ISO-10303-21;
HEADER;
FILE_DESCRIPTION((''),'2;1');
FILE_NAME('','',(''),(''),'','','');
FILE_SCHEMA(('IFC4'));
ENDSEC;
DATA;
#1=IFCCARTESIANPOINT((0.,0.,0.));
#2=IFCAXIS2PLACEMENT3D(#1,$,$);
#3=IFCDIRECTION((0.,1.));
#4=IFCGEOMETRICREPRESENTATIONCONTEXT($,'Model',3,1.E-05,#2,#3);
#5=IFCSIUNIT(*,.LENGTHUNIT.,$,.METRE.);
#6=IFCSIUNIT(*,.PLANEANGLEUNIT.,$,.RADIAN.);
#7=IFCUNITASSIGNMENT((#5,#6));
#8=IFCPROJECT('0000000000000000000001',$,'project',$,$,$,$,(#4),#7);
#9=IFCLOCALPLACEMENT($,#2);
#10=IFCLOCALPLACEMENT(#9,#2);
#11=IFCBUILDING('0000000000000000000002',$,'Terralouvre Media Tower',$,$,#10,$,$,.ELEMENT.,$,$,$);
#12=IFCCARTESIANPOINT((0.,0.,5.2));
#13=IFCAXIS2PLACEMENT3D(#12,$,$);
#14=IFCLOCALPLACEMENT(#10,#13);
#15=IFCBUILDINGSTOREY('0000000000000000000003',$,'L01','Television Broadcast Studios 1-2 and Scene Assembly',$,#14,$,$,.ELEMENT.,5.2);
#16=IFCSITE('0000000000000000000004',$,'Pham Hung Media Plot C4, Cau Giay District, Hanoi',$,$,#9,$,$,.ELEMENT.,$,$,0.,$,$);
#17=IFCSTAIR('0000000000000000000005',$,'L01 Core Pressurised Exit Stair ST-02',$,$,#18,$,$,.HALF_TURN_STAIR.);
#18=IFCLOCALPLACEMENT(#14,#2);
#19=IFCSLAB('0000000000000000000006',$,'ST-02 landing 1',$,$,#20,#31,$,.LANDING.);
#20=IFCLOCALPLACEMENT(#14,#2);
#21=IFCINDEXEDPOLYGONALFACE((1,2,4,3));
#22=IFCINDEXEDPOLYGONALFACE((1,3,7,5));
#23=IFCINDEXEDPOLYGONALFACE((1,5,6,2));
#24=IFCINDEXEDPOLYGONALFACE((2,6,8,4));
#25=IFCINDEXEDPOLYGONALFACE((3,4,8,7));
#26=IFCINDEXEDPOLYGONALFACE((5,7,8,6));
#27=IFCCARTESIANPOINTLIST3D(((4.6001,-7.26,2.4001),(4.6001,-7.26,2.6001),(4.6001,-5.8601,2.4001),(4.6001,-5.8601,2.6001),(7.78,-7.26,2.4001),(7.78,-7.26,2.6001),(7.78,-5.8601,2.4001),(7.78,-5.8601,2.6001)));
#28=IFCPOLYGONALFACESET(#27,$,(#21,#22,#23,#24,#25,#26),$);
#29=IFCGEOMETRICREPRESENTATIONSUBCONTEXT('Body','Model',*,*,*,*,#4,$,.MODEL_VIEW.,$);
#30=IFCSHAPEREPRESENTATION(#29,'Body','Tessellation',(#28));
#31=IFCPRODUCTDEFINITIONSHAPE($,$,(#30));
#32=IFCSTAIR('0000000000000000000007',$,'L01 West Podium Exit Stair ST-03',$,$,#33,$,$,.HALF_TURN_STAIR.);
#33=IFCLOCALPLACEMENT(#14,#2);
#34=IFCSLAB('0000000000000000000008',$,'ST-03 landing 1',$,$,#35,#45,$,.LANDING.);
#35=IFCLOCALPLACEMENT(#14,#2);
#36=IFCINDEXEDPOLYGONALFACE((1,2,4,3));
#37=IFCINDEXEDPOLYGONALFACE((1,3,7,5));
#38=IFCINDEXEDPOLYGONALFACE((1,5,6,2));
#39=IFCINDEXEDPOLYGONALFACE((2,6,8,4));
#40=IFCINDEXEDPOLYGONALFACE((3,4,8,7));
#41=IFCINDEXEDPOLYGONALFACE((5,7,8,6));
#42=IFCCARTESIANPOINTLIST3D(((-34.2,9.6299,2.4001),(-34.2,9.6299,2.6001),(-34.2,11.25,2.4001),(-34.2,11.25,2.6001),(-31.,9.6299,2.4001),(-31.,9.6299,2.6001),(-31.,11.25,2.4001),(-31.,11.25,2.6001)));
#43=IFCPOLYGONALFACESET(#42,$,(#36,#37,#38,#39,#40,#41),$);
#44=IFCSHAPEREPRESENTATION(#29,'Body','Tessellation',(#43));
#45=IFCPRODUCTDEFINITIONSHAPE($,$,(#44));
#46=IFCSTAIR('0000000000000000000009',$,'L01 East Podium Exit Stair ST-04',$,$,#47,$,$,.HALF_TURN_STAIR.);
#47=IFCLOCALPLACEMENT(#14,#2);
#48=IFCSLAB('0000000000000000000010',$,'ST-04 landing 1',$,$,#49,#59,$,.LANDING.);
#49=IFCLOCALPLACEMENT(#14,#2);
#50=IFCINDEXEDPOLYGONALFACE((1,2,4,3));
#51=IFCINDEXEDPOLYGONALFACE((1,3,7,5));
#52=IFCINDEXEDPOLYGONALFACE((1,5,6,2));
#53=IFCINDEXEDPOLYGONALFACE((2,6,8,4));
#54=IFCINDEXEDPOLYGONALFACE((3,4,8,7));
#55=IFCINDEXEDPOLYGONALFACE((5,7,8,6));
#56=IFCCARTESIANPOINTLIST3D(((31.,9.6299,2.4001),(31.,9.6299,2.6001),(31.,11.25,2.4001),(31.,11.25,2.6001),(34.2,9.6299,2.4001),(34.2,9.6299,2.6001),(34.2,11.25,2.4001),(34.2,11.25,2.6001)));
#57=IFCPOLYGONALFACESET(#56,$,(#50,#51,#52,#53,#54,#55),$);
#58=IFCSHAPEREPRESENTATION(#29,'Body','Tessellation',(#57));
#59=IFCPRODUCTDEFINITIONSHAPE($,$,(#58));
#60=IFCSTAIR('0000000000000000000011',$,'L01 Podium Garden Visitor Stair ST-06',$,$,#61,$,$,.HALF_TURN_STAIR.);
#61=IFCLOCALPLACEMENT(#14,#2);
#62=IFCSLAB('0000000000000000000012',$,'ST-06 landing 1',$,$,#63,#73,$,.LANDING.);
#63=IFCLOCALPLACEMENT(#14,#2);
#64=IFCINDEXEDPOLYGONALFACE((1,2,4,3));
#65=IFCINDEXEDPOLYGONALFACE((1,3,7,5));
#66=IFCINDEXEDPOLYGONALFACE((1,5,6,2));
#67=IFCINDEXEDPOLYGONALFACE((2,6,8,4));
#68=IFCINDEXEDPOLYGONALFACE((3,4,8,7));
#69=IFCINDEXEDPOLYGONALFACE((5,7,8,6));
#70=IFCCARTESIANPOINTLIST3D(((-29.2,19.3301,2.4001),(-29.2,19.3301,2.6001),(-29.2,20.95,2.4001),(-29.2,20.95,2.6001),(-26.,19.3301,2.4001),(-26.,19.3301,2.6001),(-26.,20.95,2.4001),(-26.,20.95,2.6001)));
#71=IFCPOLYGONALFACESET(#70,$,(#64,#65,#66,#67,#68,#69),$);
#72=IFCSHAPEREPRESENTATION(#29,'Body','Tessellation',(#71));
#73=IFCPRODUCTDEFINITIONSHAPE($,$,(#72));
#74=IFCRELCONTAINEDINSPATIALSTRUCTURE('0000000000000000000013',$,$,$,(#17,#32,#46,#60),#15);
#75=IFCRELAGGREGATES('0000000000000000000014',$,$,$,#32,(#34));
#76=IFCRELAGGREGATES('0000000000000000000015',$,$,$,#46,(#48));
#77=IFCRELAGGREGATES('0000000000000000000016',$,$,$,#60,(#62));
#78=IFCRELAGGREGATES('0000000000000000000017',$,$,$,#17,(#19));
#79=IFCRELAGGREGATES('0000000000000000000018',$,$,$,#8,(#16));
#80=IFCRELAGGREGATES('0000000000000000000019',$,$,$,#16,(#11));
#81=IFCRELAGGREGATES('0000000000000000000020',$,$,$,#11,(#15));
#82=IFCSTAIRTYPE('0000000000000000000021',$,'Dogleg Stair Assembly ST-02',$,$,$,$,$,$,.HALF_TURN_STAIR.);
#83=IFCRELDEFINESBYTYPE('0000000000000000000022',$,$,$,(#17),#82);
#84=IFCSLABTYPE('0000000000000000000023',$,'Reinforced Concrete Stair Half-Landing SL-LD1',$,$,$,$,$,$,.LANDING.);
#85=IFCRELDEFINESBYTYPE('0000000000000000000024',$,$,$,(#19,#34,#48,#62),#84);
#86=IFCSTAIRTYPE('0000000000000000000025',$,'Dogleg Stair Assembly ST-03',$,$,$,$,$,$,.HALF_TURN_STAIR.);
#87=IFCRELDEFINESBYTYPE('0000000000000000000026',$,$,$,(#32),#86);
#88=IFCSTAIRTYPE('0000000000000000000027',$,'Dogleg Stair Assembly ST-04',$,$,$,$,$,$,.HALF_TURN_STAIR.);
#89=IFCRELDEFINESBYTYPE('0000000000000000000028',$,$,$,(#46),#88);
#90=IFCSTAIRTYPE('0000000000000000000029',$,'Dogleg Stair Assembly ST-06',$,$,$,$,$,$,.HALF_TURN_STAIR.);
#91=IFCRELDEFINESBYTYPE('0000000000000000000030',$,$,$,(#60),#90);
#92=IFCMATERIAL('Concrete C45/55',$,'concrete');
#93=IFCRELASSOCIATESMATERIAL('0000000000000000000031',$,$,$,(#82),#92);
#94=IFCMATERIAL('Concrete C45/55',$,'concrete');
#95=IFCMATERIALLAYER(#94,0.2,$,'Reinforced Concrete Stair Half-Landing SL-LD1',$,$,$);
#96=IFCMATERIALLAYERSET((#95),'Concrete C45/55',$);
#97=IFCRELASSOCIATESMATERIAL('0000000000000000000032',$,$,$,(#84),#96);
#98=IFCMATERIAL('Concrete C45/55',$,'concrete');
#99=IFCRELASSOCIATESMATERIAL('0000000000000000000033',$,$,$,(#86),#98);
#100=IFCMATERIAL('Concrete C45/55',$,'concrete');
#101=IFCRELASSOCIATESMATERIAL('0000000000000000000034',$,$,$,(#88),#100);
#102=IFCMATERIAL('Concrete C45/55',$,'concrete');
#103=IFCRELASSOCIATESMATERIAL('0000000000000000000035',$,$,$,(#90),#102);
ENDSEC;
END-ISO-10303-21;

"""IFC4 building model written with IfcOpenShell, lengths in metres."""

from ifc_helpers import new_model, si_unit, direction, frame, origin, place, context, subcontext, project, spatial, polyline, outline, extrude, material, layer, layer_set, type_object, element, aggregate, save


model = new_model("IFC4")

# Units and contexts
model_context = context("Model", 3, precision=1e-05, world=origin(), true_north=direction((0.0, 1.0)))
body_context = subcontext(model_context, "Body", "Model", "MODEL_VIEW")
ifc_project = project(units=[si_unit("LENGTHUNIT", "METRE"), si_unit("PLANEANGLEUNIT", "RADIAN")], contexts=[model_context])

# Site, building, storey
site_placement = place(None, origin())
site = spatial("IfcSite", under=ifc_project, at=site_placement, Name="Pham Hung Media Plot C4, Cau Giay District, Hanoi", CompositionType="ELEMENT", RefElevation=0.0)
building_placement = place(site_placement, origin())
building = spatial("IfcBuilding", under=site, at=building_placement, Name="Terralouvre Media Tower", CompositionType="ELEMENT")
storey_placement = place(building_placement, frame((0.0, 0.0, 5.2)))
storey = spatial("IfcBuildingStorey", under=building, at=storey_placement, Name="L01", Description="Television Broadcast Studios 1-2 and Scene Assembly", CompositionType="ELEMENT", Elevation=5.2)

# Stairs, slabs
ifc_material_1 = material(Name="Concrete C45/55", Category="concrete")
stair_type_1 = type_object("IfcStairType", Name="Dogleg Stair Assembly ST-02", PredefinedType="HALF_TURN_STAIR", material=ifc_material_1)
stair_1_placement = place(storey_placement, origin())
stair_1 = element("IfcStair", 1, at=stair_1_placement, inside=storey, type_object=stair_type_1, Name="L01 Core Pressurised Exit Stair ST-02", PredefinedType="HALF_TURN_STAIR")
ifc_material_2 = material(Name="Concrete C45/55", Category="concrete")
ifc_layer_1 = layer(ifc_material_2, 0.2, Name="Reinforced Concrete Stair Half-Landing SL-LD1")
ifc_layer_set_1 = layer_set([ifc_layer_1], Name="Concrete C45/55")
slab_type = type_object("IfcSlabType", Name="Reinforced Concrete Stair Half-Landing SL-LD1", PredefinedType="LANDING", material=ifc_layer_set_1)
slab_1_placement = place(storey_placement, frame((0.0, 0.0, 2.4001)))
slab_1 = element("IfcSlab", 2, at=slab_1_placement, type_object=slab_type, Name="ST-02 landing 1", PredefinedType="LANDING", context=body_context, shape_type="SweptSolid", body=[
    extrude(outline(polyline([(4.6001, -5.8601), (4.6001, -7.26), (7.78, -7.26), (7.78, -5.8601), (4.6001, -5.8601)])), origin(), (0.0, 0.0, 1.0), 0.2),
])
ifc_material_3 = material(Name="Concrete C45/55", Category="concrete")
stair_type_2 = type_object("IfcStairType", Name="Dogleg Stair Assembly ST-03", PredefinedType="HALF_TURN_STAIR", material=ifc_material_3)
stair_2_placement = place(storey_placement, origin())
stair_2 = element("IfcStair", 3, at=stair_2_placement, inside=storey, type_object=stair_type_2, Name="L01 West Podium Exit Stair ST-03", PredefinedType="HALF_TURN_STAIR")
slab_2_placement = place(storey_placement, frame((0.0, 0.0, 2.4001)))
slab_2 = element("IfcSlab", 4, at=slab_2_placement, type_object=slab_type, Name="ST-03 landing 1", PredefinedType="LANDING", context=body_context, shape_type="SweptSolid", body=[
    extrude(outline(polyline([(-31.0, 9.6299), (-31.0, 11.25), (-34.2, 11.25), (-34.2, 9.6299), (-31.0, 9.6299)])), origin(), (0.0, 0.0, 1.0), 0.2),
])
aggregate(stair_2, [slab_2])
ifc_material_4 = material(Name="Concrete C45/55", Category="concrete")
stair_type_3 = type_object("IfcStairType", Name="Dogleg Stair Assembly ST-04", PredefinedType="HALF_TURN_STAIR", material=ifc_material_4)
stair_3_placement = place(storey_placement, origin())
stair_3 = element("IfcStair", 5, at=stair_3_placement, inside=storey, type_object=stair_type_3, Name="L01 East Podium Exit Stair ST-04", PredefinedType="HALF_TURN_STAIR")
slab_3_placement = place(storey_placement, frame((0.0, 0.0, 2.4001)))
slab_3 = element("IfcSlab", 6, at=slab_3_placement, type_object=slab_type, Name="ST-04 landing 1", PredefinedType="LANDING", context=body_context, shape_type="SweptSolid", body=[
    extrude(outline(polyline([(34.2, 9.6299), (34.2, 11.25), (31.0, 11.25), (31.0, 9.6299), (34.2, 9.6299)])), origin(), (0.0, 0.0, 1.0), 0.2),
])
aggregate(stair_3, [slab_3])
ifc_material_5 = material(Name="Concrete C45/55", Category="concrete")
stair_type_4 = type_object("IfcStairType", Name="Dogleg Stair Assembly ST-06", PredefinedType="HALF_TURN_STAIR", material=ifc_material_5)
stair_4_placement = place(storey_placement, origin())
stair_4 = element("IfcStair", 7, at=stair_4_placement, inside=storey, type_object=stair_type_4, Name="L01 Podium Garden Visitor Stair ST-06", PredefinedType="HALF_TURN_STAIR")
slab_4_placement = place(storey_placement, frame((0.0, 0.0, 2.4001)))
slab_4 = element("IfcSlab", 8, at=slab_4_placement, type_object=slab_type, Name="ST-06 landing 1", PredefinedType="LANDING", context=body_context, shape_type="SweptSolid", body=[
    extrude(outline(polyline([(-26.0, 19.3301), (-26.0, 20.95), (-29.2, 20.95), (-29.2, 19.3301), (-26.0, 19.3301)])), origin(), (0.0, 0.0, 1.0), 0.2),
])
aggregate(stair_4, [slab_4])

aggregate(stair_1, [slab_1])

save(model, "model.ifc")
